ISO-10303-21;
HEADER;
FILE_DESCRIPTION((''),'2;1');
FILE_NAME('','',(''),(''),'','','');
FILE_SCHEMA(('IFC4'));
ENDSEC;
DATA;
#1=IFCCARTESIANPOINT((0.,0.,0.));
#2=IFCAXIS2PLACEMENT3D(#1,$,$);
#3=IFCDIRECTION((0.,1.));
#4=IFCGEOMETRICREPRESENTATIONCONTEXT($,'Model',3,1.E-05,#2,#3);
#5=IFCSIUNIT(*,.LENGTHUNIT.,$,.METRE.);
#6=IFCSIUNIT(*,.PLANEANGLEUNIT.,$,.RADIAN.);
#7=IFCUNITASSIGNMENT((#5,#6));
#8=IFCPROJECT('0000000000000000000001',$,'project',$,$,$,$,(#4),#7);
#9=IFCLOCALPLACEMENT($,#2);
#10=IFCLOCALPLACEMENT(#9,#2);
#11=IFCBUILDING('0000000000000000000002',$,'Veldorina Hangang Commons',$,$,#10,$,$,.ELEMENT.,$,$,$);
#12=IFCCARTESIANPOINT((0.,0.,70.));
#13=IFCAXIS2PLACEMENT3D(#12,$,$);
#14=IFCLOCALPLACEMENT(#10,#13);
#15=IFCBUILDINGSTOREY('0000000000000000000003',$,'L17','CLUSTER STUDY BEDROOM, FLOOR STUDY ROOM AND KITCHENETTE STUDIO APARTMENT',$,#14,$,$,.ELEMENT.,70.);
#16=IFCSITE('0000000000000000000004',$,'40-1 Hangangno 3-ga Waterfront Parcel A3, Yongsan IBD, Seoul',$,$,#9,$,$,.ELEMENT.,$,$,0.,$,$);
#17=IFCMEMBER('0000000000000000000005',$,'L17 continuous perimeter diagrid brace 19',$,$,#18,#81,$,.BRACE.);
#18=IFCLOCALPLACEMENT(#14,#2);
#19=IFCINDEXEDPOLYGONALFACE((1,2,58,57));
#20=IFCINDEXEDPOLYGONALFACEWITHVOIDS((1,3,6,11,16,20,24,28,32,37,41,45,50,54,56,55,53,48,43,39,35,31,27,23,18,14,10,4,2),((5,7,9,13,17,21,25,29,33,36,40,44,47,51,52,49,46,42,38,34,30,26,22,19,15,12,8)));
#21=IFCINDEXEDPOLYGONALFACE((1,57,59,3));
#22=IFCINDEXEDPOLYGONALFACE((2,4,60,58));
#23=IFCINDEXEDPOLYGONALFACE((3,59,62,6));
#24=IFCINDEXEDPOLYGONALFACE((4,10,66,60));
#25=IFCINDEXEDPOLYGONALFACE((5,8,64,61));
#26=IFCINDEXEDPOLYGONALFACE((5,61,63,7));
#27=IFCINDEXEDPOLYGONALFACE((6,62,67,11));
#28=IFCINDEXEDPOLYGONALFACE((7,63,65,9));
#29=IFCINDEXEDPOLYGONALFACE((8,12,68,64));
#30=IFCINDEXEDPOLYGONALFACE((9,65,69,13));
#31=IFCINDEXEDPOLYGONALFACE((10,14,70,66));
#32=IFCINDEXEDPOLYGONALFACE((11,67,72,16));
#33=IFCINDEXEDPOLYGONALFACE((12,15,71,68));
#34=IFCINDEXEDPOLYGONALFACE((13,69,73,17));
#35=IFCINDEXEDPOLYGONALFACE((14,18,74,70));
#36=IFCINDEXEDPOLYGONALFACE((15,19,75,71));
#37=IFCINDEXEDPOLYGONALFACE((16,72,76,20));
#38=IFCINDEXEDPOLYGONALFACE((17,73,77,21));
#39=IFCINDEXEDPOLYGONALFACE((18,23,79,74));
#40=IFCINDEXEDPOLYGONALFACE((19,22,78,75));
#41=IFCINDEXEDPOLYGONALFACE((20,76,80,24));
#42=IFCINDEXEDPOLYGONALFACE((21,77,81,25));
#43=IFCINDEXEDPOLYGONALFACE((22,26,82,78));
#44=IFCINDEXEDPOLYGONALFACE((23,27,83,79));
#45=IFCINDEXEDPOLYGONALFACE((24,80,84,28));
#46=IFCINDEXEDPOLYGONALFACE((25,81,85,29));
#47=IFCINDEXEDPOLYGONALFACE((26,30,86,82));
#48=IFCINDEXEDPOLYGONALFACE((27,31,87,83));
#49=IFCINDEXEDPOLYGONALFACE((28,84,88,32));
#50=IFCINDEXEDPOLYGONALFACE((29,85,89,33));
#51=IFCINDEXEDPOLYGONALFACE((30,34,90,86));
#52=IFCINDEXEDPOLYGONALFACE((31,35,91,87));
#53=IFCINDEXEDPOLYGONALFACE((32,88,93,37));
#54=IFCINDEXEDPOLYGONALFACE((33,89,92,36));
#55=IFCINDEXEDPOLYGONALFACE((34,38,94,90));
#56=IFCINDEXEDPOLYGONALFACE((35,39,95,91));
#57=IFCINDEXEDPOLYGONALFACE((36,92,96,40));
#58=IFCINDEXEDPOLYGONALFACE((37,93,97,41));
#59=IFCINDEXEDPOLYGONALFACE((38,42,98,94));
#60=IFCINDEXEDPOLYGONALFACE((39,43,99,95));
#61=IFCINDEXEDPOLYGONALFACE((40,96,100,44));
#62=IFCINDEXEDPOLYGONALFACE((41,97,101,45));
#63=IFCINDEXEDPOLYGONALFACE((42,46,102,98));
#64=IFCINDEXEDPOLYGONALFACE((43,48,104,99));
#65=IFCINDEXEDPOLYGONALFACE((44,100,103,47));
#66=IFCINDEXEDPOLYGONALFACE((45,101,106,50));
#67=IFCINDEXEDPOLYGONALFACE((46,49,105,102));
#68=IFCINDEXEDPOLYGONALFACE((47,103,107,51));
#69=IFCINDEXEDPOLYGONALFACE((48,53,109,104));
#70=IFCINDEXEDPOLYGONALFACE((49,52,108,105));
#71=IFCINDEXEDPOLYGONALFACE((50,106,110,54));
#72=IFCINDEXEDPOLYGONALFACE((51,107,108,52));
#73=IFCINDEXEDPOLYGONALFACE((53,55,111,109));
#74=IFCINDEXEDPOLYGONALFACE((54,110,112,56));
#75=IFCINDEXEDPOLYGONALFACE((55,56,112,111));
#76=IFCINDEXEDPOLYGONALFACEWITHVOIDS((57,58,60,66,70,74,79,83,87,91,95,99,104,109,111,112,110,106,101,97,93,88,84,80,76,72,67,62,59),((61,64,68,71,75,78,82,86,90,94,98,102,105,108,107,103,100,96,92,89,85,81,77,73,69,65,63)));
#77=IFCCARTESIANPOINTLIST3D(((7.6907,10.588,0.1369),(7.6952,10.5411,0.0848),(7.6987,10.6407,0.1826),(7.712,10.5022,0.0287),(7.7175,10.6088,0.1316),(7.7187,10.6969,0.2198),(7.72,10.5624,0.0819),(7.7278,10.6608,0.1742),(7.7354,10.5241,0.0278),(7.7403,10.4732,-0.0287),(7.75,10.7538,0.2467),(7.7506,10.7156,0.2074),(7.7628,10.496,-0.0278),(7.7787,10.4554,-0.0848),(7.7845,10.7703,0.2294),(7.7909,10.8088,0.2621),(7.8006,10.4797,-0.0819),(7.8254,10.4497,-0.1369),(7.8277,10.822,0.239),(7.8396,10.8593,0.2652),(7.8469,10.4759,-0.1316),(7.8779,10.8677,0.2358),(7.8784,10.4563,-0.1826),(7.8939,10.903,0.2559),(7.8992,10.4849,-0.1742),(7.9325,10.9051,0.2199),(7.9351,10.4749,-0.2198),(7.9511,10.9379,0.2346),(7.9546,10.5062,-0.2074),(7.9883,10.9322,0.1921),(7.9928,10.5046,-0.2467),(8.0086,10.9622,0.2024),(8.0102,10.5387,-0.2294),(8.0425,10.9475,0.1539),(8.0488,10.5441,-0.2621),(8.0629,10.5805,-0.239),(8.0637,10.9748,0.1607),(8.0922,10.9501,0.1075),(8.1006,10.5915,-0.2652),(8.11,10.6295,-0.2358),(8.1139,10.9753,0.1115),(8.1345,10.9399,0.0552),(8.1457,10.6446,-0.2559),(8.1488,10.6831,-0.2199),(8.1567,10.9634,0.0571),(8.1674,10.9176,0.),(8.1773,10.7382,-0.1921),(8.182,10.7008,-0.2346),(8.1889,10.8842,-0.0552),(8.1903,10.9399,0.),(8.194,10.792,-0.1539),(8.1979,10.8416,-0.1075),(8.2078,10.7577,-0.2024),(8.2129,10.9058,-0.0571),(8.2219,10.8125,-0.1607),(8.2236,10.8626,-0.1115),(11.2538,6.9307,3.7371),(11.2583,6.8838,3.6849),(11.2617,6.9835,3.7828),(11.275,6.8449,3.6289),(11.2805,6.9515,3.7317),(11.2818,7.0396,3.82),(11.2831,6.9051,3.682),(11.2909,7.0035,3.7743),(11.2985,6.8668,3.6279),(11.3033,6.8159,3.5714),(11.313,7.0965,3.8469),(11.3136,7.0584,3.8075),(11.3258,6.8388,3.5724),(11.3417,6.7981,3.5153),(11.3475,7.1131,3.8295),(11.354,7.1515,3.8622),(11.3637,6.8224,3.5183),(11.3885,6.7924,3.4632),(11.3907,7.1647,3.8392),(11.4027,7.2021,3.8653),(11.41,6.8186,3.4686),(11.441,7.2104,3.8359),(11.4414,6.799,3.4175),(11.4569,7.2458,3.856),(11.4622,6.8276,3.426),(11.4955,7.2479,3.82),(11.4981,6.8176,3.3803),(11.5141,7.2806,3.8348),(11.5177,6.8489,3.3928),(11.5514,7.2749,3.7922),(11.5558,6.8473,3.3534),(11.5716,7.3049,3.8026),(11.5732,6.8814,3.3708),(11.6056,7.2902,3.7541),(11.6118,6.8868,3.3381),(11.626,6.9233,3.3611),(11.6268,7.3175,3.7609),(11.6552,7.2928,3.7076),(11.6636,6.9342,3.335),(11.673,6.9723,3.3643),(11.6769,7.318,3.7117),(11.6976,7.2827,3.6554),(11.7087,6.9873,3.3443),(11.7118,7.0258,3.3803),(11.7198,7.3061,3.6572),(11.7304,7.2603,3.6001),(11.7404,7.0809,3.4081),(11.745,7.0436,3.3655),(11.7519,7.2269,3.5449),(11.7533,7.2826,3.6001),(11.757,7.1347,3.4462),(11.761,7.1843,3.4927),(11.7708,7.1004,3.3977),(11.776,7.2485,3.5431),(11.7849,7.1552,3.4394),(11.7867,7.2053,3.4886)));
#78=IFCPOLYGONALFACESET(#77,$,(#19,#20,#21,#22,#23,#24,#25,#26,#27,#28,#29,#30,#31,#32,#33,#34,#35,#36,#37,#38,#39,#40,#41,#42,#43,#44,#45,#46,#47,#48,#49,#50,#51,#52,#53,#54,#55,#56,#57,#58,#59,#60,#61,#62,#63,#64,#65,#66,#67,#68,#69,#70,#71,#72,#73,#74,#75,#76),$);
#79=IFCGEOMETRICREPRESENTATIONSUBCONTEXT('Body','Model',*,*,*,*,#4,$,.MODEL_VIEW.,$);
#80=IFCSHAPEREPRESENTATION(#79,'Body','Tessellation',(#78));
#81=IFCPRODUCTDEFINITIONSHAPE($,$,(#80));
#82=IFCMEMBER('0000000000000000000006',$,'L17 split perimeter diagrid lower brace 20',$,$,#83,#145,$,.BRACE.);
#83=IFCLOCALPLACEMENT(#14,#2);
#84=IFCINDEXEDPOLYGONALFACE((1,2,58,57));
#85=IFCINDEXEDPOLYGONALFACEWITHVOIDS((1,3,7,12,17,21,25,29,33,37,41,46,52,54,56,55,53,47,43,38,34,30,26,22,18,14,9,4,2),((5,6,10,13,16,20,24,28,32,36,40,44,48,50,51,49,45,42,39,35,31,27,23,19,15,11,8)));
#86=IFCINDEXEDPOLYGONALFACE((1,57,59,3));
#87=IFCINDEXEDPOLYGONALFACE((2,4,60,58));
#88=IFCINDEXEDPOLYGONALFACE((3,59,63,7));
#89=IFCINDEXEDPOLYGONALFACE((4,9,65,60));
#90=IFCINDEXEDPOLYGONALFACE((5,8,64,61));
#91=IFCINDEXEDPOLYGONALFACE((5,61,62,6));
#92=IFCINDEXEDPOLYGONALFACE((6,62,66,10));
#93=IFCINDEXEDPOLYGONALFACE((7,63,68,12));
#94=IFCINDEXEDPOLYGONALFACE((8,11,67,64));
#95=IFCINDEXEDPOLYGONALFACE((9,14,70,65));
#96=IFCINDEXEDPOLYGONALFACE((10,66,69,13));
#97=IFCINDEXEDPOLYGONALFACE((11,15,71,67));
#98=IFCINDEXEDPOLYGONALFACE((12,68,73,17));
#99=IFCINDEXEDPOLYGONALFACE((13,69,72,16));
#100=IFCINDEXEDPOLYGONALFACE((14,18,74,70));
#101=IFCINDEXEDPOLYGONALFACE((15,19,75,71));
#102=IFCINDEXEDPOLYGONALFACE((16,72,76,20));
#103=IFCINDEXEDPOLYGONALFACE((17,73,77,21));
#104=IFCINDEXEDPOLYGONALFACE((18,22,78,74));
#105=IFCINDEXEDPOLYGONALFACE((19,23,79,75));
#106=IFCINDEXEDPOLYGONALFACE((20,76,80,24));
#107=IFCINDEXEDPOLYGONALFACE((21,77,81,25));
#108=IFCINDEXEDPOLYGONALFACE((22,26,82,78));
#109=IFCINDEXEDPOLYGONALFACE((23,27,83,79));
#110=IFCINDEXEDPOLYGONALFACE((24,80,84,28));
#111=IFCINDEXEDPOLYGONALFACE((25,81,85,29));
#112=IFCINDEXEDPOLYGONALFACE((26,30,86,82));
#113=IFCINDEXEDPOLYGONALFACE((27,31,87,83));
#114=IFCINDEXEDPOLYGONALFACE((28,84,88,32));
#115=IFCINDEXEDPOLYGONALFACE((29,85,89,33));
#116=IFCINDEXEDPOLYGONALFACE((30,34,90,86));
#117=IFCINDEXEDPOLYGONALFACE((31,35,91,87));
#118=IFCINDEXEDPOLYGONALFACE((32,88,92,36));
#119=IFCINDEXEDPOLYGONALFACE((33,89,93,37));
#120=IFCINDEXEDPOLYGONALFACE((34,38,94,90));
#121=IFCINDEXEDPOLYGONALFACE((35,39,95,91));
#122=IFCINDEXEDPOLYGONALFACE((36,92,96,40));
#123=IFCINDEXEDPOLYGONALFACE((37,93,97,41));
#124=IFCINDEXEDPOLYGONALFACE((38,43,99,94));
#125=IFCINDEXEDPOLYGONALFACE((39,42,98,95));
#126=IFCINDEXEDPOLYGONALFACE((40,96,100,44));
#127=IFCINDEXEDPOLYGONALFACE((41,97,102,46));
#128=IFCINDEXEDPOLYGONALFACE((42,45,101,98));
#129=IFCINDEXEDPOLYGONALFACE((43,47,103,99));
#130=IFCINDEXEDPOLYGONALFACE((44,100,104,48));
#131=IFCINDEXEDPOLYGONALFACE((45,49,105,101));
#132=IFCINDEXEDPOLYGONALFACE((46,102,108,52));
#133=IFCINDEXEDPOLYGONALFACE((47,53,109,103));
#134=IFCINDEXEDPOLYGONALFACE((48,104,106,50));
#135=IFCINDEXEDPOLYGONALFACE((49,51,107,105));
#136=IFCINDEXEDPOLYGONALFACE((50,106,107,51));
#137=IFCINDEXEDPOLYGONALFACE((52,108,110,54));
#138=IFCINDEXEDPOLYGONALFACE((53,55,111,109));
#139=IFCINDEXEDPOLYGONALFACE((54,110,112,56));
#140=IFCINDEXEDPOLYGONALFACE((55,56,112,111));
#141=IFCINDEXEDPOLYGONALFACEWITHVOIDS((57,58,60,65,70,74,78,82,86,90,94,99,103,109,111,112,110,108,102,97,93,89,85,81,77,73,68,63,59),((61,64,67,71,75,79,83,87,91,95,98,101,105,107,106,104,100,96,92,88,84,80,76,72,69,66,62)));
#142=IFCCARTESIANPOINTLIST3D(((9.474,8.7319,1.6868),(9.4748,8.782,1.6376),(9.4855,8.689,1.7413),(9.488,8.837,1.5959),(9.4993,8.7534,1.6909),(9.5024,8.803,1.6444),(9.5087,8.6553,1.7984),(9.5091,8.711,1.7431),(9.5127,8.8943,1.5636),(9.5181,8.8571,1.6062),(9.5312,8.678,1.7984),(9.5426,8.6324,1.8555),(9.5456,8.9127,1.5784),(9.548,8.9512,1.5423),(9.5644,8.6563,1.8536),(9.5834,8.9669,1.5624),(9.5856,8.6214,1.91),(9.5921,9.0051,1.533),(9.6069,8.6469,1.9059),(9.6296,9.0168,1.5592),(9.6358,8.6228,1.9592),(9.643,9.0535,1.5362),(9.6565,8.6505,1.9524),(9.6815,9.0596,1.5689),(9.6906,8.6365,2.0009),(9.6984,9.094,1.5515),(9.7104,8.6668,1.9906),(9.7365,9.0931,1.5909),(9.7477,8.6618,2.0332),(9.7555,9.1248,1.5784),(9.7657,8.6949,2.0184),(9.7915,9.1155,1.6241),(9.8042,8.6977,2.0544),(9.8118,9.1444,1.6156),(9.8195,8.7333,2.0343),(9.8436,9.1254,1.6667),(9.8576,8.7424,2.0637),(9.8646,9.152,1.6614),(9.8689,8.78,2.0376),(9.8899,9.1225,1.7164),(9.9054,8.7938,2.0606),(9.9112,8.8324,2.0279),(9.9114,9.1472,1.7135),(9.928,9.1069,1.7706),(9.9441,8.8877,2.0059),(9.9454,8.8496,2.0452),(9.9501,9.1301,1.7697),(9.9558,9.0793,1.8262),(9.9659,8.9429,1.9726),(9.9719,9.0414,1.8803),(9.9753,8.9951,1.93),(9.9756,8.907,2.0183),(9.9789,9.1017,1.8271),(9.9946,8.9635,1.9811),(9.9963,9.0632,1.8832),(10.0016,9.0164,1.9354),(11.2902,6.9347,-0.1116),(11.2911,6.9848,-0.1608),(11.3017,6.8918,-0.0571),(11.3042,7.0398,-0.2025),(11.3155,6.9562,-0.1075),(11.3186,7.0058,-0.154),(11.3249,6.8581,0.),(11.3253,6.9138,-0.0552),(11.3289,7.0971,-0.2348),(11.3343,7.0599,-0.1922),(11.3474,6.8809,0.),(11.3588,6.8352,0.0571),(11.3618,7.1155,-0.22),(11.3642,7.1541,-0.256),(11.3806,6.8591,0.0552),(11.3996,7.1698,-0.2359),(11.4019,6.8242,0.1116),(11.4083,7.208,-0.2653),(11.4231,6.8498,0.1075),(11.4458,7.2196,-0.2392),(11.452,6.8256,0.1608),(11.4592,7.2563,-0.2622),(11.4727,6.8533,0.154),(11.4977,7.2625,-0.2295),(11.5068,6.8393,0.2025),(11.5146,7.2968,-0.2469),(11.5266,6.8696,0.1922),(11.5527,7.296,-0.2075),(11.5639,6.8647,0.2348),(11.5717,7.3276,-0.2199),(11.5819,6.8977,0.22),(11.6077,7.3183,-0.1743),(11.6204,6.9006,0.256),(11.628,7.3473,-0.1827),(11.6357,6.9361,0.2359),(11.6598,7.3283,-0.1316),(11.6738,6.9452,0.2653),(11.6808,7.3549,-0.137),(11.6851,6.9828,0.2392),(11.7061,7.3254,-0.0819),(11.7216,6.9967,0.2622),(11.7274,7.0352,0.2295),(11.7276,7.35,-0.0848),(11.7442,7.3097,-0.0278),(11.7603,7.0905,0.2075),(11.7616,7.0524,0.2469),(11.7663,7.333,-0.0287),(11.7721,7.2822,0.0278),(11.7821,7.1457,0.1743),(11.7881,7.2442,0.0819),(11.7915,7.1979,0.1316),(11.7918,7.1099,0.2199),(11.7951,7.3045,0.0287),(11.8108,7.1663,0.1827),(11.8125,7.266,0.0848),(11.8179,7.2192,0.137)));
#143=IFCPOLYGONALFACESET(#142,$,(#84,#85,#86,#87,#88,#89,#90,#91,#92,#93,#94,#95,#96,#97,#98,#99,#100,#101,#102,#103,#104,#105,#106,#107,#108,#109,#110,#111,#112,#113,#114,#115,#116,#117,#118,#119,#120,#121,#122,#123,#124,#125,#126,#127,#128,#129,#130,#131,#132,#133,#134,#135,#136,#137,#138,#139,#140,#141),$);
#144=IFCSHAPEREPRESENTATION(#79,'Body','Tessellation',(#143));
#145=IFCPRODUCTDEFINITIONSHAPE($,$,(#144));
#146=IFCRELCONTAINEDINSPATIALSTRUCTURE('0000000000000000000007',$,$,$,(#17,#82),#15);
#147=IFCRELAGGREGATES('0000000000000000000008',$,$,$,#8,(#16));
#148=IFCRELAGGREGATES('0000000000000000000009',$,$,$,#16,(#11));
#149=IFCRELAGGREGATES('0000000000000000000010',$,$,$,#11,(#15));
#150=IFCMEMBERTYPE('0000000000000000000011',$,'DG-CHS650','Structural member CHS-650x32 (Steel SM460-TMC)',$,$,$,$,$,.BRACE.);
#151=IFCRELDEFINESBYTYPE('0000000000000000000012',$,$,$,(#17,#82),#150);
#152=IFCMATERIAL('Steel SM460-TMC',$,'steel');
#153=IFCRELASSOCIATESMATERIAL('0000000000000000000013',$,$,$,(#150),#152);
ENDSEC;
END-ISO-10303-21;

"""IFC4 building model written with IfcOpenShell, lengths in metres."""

from ifc_helpers import new_model, si_unit, direction, frame, origin, origin_2d, place, context, subcontext, project, spatial, hollow_circle, extrude, material, material_profile, profile_set, type_object, element, save


model = new_model("IFC4")

# Units and contexts
model_context = context("Model", 3, precision=1e-05, world=origin(), true_north=direction((0.0, 1.0)))
body_context = subcontext(model_context, "Body", "Model", "MODEL_VIEW")
ifc_project = project(units=[si_unit("LENGTHUNIT", "METRE"), si_unit("PLANEANGLEUNIT", "RADIAN")], contexts=[model_context])

# Site, building, storey
site_placement = place(None, origin())
site = spatial("IfcSite", under=ifc_project, at=site_placement, Name="40-1 Hangangno 3-ga Waterfront Parcel A3, Yongsan IBD, Seoul", CompositionType="ELEMENT", RefElevation=0.0)
building_placement = place(site_placement, origin())
building = spatial("IfcBuilding", under=site, at=building_placement, Name="Veldorina Hangang Commons", CompositionType="ELEMENT")
storey_placement = place(building_placement, frame((0.0, 0.0, 70.0)))
storey = spatial("IfcBuildingStorey", under=building, at=storey_placement, Name="L17", Description="CLUSTER STUDY BEDROOM, FLOOR STUDY ROOM AND KITCHENETTE STUDIO APARTMENT", CompositionType="ELEMENT", Elevation=70.0)

# Members
ifc_material_1 = material(Name="Steel SM460-TMC", Category="steel")
ifc_material_profile_1 = material_profile(ifc_material_1, hollow_circle(Radius=0.325, WallThickness=0.032, at=origin_2d()), Name="CHS-650x32")
ifc_profile_set_1 = profile_set([ifc_material_profile_1], Name="Steel SM460-TMC")
member_type = type_object("IfcMemberType", Name="DG-CHS650", Description="Structural member CHS-650x32 (Steel SM460-TMC)", PredefinedType="BRACE", material=ifc_profile_set_1)
member_1_placement = place(storey_placement, frame((7.9575, 10.7131, 0.0), z_axis=(0.570309, -0.585393, 0.576249), x_axis=(0.716275, 0.697818, 0.0)))
element("IfcMember", 1, at=member_1_placement, inside=storey, type_object=member_type, Name="L17 continuous perimeter diagrid brace 19", PredefinedType="BRACE", context=body_context, shape_type="SweptSolid", body=[
    extrude(hollow_circle(Radius=0.325, WallThickness=0.032, at=origin_2d()), origin(), (0.0, 0.0, 1.0), 6.2476),
])
member_2_placement = place(storey_placement, frame((11.5535, 7.0891, 0.0), z_axis=(-0.581277, 0.575182, 0.575572), x_axis=(-0.70337, -0.710824, 0.0)))
element("IfcMember", 2, at=member_2_placement, inside=storey, type_object=member_type, Name="L17 split perimeter diagrid lower brace 20", PredefinedType="BRACE", context=body_context, shape_type="SweptSolid", body=[
    extrude(hollow_circle(Radius=0.325, WallThickness=0.032, at=origin_2d()), origin(), (0.0, 0.0, 1.0), 3.1245),
])

save(model, "model.ifc")
